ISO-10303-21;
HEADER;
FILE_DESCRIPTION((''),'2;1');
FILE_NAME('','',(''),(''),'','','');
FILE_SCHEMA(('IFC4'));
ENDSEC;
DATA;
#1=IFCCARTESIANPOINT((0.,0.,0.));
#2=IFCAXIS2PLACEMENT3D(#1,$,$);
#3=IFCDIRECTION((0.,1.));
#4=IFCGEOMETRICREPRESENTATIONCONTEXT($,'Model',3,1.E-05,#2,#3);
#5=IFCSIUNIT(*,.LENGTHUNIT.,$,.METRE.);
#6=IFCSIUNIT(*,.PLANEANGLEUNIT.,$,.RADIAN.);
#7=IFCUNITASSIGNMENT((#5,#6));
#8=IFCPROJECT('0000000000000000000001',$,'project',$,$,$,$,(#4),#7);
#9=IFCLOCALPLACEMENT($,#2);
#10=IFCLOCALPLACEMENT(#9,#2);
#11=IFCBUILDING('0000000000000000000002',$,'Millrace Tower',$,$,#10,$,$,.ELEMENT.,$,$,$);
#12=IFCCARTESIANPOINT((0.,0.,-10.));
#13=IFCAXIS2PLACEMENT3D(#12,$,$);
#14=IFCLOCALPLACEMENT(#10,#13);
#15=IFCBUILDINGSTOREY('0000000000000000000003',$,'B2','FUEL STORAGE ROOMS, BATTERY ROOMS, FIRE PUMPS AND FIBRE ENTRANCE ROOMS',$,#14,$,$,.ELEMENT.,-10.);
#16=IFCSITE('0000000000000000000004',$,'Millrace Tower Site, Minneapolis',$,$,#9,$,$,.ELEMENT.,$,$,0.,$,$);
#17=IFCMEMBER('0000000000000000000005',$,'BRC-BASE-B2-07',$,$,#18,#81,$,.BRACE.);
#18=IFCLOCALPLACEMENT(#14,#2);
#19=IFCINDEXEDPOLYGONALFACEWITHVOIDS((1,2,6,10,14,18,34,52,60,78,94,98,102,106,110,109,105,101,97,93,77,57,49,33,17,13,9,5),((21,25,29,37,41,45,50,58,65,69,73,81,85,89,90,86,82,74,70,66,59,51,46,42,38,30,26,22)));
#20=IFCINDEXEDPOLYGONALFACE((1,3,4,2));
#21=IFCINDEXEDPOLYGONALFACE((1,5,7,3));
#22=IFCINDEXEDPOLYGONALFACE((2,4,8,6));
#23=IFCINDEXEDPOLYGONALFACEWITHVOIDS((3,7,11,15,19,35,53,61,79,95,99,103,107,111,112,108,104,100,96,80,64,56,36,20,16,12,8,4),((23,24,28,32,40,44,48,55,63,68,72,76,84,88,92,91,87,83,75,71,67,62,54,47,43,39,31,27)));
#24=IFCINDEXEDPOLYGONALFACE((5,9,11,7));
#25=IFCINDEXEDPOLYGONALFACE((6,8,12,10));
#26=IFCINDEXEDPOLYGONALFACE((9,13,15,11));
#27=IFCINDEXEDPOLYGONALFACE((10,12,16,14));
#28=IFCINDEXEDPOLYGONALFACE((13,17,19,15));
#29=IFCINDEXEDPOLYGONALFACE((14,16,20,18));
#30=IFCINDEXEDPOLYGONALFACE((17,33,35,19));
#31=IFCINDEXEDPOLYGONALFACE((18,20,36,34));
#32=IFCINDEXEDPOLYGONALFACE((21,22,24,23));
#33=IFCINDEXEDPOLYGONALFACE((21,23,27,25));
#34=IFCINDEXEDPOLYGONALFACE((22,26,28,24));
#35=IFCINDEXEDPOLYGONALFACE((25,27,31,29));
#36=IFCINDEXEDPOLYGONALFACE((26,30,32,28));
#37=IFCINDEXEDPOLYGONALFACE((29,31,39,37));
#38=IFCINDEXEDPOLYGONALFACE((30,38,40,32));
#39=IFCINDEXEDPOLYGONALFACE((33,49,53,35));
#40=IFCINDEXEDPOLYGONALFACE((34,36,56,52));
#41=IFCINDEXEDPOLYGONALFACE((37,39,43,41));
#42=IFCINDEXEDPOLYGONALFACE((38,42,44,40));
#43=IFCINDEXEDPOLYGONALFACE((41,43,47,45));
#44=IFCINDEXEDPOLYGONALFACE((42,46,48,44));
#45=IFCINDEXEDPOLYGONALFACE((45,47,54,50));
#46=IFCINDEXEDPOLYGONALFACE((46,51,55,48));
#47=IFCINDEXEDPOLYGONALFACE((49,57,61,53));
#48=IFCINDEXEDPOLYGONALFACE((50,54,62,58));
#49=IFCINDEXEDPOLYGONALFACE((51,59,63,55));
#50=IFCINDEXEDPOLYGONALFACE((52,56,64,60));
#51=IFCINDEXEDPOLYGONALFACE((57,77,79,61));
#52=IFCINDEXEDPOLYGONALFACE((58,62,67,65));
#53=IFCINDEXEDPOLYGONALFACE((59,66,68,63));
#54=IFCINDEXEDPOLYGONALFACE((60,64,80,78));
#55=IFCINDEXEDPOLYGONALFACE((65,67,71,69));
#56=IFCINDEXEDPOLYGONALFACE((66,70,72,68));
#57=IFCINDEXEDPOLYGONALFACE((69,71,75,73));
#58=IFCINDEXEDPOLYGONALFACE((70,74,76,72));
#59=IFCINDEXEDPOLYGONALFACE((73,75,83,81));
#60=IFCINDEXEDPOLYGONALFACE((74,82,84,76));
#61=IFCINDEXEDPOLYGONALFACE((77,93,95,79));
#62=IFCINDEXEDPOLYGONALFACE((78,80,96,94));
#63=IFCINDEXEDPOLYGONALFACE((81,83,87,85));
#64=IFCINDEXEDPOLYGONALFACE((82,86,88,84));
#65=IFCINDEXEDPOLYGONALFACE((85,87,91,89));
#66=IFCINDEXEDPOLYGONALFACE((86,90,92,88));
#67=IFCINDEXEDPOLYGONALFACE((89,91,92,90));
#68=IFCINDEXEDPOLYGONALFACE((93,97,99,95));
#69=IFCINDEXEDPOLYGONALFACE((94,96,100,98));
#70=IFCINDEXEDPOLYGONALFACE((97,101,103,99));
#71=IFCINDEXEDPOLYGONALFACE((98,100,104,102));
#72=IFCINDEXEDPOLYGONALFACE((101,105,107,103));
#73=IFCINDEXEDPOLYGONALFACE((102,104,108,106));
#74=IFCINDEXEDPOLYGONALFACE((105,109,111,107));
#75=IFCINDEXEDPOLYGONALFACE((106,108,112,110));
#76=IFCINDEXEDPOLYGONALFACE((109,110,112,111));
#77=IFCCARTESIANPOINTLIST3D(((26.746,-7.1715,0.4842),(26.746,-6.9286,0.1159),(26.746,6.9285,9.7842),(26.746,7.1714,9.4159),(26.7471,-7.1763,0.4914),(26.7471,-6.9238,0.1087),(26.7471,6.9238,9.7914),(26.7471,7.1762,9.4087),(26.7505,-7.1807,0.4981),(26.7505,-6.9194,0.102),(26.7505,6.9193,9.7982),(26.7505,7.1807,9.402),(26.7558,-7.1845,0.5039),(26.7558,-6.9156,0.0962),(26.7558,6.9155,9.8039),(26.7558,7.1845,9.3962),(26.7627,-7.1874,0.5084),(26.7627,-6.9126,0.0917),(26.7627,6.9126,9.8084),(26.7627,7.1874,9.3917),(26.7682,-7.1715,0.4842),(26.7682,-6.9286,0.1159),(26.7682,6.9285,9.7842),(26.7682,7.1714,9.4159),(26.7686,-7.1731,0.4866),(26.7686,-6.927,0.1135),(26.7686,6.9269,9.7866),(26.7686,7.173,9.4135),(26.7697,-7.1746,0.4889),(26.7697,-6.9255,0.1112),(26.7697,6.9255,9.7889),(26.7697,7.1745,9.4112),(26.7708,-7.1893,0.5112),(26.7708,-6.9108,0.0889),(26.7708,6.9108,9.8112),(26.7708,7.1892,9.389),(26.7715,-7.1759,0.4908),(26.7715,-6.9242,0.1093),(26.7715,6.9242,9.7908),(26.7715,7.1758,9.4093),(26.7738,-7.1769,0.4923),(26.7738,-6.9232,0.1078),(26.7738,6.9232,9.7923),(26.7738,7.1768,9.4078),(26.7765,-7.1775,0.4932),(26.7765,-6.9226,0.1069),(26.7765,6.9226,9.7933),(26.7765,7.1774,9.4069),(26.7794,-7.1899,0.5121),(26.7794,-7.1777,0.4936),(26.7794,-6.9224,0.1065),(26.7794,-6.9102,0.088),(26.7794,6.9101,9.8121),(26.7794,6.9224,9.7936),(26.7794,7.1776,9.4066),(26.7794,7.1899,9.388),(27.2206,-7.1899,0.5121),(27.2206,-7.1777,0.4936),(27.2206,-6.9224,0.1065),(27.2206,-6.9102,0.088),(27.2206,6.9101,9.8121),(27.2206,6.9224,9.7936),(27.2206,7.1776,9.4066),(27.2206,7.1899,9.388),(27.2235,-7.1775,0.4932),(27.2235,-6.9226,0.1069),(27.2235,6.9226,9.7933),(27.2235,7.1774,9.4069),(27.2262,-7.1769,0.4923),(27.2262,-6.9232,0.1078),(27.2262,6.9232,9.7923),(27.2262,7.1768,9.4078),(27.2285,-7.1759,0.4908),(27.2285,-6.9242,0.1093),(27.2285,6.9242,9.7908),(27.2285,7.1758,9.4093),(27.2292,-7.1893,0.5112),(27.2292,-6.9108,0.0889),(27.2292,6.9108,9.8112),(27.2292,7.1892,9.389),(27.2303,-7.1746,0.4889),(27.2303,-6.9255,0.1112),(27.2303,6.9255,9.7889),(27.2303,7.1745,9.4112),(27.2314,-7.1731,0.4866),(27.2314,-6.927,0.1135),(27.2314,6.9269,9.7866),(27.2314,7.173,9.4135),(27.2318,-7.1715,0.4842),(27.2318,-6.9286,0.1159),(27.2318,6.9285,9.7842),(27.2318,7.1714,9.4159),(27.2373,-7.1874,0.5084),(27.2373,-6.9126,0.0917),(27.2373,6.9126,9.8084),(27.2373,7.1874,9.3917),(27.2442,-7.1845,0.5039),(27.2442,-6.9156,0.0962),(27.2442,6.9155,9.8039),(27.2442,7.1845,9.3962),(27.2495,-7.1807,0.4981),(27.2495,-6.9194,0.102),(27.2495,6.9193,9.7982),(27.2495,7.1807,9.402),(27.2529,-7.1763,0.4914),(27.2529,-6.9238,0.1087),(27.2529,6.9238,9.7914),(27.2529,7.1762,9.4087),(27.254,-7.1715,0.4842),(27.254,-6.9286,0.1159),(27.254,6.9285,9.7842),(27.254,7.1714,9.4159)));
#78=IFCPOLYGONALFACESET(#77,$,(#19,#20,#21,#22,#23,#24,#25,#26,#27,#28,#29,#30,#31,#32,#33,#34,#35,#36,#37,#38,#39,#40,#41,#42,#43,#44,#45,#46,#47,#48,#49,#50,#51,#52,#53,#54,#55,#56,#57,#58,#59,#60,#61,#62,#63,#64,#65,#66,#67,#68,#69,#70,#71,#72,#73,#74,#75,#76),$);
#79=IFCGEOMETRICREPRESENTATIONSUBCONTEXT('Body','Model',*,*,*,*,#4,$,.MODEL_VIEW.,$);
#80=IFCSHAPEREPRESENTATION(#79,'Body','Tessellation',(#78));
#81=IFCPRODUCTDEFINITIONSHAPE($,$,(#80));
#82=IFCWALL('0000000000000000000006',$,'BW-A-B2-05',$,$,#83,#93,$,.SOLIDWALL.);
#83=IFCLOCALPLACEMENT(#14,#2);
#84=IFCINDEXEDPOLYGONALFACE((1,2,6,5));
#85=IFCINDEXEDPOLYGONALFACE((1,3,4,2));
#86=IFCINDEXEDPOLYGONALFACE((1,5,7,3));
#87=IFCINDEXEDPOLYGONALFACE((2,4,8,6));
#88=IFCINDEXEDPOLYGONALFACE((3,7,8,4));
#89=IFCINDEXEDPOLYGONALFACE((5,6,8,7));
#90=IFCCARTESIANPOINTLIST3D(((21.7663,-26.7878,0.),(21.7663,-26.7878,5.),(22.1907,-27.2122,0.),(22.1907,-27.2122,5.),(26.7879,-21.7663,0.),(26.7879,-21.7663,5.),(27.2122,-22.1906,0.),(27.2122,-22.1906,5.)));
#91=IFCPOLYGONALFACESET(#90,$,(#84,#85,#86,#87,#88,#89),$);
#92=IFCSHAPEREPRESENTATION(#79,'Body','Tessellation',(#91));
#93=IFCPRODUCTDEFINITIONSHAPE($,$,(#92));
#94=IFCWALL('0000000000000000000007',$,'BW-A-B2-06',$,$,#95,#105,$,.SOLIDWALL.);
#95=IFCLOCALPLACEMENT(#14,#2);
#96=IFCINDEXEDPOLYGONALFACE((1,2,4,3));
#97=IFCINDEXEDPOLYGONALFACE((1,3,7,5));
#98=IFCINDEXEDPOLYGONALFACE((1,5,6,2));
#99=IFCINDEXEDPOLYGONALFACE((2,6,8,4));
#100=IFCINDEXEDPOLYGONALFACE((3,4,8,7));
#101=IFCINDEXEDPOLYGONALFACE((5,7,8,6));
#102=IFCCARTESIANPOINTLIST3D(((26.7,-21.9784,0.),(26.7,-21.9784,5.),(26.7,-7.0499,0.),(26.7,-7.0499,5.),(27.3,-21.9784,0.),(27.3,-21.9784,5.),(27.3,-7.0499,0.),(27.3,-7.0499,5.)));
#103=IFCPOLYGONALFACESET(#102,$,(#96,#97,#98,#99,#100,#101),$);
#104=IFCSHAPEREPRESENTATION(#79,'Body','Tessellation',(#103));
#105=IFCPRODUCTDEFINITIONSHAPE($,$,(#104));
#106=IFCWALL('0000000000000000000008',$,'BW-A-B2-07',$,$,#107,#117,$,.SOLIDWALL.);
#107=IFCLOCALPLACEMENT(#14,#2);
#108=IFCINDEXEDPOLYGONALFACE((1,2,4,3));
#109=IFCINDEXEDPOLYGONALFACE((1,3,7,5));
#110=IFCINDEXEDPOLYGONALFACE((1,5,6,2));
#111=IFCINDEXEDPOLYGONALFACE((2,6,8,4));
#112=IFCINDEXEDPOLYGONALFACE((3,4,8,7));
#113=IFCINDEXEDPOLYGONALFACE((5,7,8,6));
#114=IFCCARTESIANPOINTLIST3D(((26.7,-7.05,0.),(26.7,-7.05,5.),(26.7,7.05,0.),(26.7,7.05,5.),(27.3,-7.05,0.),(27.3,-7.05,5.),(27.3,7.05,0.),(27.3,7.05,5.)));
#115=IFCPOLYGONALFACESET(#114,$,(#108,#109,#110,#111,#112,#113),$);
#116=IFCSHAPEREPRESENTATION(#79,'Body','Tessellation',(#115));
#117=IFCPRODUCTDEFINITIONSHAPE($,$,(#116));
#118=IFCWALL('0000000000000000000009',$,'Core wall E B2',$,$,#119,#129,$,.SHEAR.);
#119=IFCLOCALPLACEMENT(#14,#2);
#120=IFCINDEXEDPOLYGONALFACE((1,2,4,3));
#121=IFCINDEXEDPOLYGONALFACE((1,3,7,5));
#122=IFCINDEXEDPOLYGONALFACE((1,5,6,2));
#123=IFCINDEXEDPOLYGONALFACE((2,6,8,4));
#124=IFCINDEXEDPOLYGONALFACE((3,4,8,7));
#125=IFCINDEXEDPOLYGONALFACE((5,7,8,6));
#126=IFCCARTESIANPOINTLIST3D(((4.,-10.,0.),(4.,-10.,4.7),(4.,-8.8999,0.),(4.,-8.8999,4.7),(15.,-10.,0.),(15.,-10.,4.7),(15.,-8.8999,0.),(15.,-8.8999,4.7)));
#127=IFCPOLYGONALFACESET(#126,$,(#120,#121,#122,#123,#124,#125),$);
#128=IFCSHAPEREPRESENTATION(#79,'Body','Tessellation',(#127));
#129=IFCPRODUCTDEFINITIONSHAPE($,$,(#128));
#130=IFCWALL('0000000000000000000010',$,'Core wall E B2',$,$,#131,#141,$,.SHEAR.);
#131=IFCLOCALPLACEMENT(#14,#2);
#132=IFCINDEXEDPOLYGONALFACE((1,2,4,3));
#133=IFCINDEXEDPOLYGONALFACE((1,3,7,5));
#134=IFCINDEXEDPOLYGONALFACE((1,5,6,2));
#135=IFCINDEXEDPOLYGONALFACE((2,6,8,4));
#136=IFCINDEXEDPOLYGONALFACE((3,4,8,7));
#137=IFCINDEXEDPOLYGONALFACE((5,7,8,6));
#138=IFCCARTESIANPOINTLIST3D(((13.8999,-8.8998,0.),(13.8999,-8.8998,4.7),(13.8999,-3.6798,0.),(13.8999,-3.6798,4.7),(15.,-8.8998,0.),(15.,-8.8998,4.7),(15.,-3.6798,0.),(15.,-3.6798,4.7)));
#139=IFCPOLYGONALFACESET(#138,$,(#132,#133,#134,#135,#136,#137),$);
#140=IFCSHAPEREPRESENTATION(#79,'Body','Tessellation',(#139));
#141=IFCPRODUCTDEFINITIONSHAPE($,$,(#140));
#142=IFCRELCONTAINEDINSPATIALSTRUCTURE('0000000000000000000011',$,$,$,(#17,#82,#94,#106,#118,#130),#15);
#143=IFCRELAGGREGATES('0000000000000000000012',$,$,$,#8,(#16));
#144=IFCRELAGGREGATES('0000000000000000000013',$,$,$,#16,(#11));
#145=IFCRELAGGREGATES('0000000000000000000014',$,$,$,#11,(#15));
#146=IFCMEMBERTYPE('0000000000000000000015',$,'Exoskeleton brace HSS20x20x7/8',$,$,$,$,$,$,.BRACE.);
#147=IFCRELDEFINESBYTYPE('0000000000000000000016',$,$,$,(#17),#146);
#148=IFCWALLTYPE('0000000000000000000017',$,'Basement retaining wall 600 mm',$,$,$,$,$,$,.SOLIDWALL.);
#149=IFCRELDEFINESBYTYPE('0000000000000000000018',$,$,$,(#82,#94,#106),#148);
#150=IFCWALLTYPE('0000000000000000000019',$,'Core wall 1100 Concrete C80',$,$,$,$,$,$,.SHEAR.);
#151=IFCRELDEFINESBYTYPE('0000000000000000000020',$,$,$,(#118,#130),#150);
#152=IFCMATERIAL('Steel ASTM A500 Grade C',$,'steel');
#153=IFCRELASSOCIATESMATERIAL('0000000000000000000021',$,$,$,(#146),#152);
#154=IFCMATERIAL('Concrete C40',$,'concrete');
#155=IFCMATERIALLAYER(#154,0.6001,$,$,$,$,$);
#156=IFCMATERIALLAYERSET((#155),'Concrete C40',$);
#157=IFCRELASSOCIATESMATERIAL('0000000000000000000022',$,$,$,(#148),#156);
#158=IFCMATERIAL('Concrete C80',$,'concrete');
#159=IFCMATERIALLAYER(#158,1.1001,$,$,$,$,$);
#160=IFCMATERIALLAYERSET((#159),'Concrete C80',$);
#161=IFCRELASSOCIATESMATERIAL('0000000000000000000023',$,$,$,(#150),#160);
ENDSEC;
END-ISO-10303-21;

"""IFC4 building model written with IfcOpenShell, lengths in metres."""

from ifc_helpers import new_model, si_unit, direction, frame, frame_2d, origin, origin_2d, place, context, subcontext, project, spatial, rectangle, hollow_rectangle, extrude, material, layer, layer_set, material_profile, profile_set, type_object, element, save


model = new_model("IFC4")

# Units and contexts
model_context = context("Model", 3, precision=1e-05, world=origin(), true_north=direction((0.0, 1.0)))
body_context = subcontext(model_context, "Body", "Model", "MODEL_VIEW")
ifc_project = project(units=[si_unit("LENGTHUNIT", "METRE"), si_unit("PLANEANGLEUNIT", "RADIAN")], contexts=[model_context])

# Site, building, storey
site_placement = place(None, origin())
site = spatial("IfcSite", under=ifc_project, at=site_placement, Name="Millrace Tower Site, Minneapolis", CompositionType="ELEMENT", RefElevation=0.0)
building_placement = place(site_placement, origin())
building = spatial("IfcBuilding", under=site, at=building_placement, Name="Millrace Tower", CompositionType="ELEMENT")
storey_placement = place(building_placement, frame((0.0, 0.0, -10.0)))
storey = spatial("IfcBuildingStorey", under=building, at=storey_placement, Name="B2", Description="FUEL STORAGE ROOMS, BATTERY ROOMS, FIRE PUMPS AND FIBRE ENTRANCE ROOMS", CompositionType="ELEMENT", Elevation=-10.0)

# Shared definitions
placement = place(storey_placement, frame((27.0, -7.05, 0.0), z_axis=(0.0, 0.0, 1.0), x_axis=(0.0, 1.0, 0.0)))

# Member
ifc_material_1 = material(Name="Steel ASTM A500 Grade C", Category="steel")
ifc_material_profile_1 = material_profile(ifc_material_1, hollow_rectangle(XDim=0.5081, YDim=0.5081, WallThickness=0.0222, InnerFilletRadius=0.0112, OuterFilletRadius=0.0334, at=origin_2d()))
ifc_profile_set_1 = profile_set([ifc_material_profile_1], Name="Steel ASTM A500 Grade C")
member_type = type_object("IfcMemberType", Name="Exoskeleton brace HSS20x20x7/8", PredefinedType="BRACE", material=ifc_profile_set_1)
member_1_placement = place(storey_placement, frame((27.0, -7.05, 0.3), z_axis=(0.0, 0.834773, 0.550594), x_axis=(-1.0, 0.0, 0.0)))
element("IfcMember", 1, at=member_1_placement, inside=storey, type_object=member_type, Name="BRC-BASE-B2-07", PredefinedType="BRACE", context=body_context, shape_type="SweptSolid", body=[
    extrude(hollow_rectangle(XDim=0.5081, YDim=0.5081, WallThickness=0.0222, InnerFilletRadius=0.0112, OuterFilletRadius=0.0334, at=origin_2d()), origin(), (0.0, 0.0, 1.0), 16.8909),
])

# Walls
ifc_material_2 = material(Name="Concrete C40", Category="concrete")
ifc_layer_1 = layer(ifc_material_2, 0.6001)
ifc_layer_set_1 = layer_set([ifc_layer_1], Name="Concrete C40")
wall_type_1 = type_object("IfcWallType", Name="Basement retaining wall 600 mm", PredefinedType="SOLIDWALL", material=ifc_layer_set_1)
wall_1_placement = place(storey_placement, frame((21.9785, -27.0, 0.0), z_axis=(0.0, 0.0, 1.0), x_axis=(0.707107, 0.707107, 0.0)))
element("IfcWall", 2, at=wall_1_placement, inside=storey, type_object=wall_type_1, Name="BW-A-B2-05", PredefinedType="SOLIDWALL", context=body_context, shape_type="SweptSolid", body=[
    extrude(rectangle(XDim=7.1016, YDim=0.6001, at=frame_2d((3.5508, 0.0))), origin(), (0.0, 0.0, 1.0), 5.0),
])
wall_2_placement = place(storey_placement, frame((27.0, -21.9785, 0.0), z_axis=(0.0, 0.0, 1.0), x_axis=(0.0, 1.0, 0.0)))
element("IfcWall", 3, at=wall_2_placement, inside=storey, type_object=wall_type_1, Name="BW-A-B2-06", PredefinedType="SOLIDWALL", context=body_context, shape_type="SweptSolid", body=[
    extrude(rectangle(XDim=14.9285, YDim=0.6001, at=frame_2d((7.4644, 0.0))), origin(), (0.0, 0.0, 1.0), 5.0),
])
element("IfcWall", 4, at=placement, inside=storey, type_object=wall_type_1, Name="BW-A-B2-07", PredefinedType="SOLIDWALL", context=body_context, shape_type="SweptSolid", body=[
    extrude(rectangle(XDim=14.1001, YDim=0.6001, at=frame_2d((7.05, 0.0))), origin(), (0.0, 0.0, 1.0), 5.0),
])
ifc_material_3 = material(Name="Concrete C80", Category="concrete")
ifc_layer_2 = layer(ifc_material_3, 1.1001)
ifc_layer_set_2 = layer_set([ifc_layer_2], Name="Concrete C80")
wall_type_2 = type_object("IfcWallType", Name="Core wall 1100 Concrete C80", PredefinedType="SHEAR", material=ifc_layer_set_2)
wall_3_placement = place(storey_placement, frame((15.0, -9.45, 0.0), z_axis=(0.0, 0.0, 1.0), x_axis=(-1.0, 0.0, 0.0)))
element("IfcWall", 5, at=wall_3_placement, inside=storey, type_object=wall_type_2, Name="Core wall E B2", PredefinedType="SHEAR", context=body_context, shape_type="SweptSolid", body=[
    extrude(rectangle(XDim=11.0, YDim=1.1001, at=frame_2d((5.5, 0.0))), origin(), (0.0, 0.0, 1.0), 4.7),
])
wall_4_placement = place(storey_placement, frame((14.45, -3.6799, 0.0), z_axis=(0.0, 0.0, 1.0), x_axis=(0.0, -1.0, 0.0)))
element("IfcWall", 6, at=wall_4_placement, inside=storey, type_object=wall_type_2, Name="Core wall E B2", PredefinedType="SHEAR", context=body_context, shape_type="SweptSolid", body=[
    extrude(rectangle(XDim=5.22, YDim=1.1001, at=frame_2d((2.6099, 0.0))), origin(), (0.0, 0.0, 1.0), 4.7),
])

save(model, "model.ifc")
